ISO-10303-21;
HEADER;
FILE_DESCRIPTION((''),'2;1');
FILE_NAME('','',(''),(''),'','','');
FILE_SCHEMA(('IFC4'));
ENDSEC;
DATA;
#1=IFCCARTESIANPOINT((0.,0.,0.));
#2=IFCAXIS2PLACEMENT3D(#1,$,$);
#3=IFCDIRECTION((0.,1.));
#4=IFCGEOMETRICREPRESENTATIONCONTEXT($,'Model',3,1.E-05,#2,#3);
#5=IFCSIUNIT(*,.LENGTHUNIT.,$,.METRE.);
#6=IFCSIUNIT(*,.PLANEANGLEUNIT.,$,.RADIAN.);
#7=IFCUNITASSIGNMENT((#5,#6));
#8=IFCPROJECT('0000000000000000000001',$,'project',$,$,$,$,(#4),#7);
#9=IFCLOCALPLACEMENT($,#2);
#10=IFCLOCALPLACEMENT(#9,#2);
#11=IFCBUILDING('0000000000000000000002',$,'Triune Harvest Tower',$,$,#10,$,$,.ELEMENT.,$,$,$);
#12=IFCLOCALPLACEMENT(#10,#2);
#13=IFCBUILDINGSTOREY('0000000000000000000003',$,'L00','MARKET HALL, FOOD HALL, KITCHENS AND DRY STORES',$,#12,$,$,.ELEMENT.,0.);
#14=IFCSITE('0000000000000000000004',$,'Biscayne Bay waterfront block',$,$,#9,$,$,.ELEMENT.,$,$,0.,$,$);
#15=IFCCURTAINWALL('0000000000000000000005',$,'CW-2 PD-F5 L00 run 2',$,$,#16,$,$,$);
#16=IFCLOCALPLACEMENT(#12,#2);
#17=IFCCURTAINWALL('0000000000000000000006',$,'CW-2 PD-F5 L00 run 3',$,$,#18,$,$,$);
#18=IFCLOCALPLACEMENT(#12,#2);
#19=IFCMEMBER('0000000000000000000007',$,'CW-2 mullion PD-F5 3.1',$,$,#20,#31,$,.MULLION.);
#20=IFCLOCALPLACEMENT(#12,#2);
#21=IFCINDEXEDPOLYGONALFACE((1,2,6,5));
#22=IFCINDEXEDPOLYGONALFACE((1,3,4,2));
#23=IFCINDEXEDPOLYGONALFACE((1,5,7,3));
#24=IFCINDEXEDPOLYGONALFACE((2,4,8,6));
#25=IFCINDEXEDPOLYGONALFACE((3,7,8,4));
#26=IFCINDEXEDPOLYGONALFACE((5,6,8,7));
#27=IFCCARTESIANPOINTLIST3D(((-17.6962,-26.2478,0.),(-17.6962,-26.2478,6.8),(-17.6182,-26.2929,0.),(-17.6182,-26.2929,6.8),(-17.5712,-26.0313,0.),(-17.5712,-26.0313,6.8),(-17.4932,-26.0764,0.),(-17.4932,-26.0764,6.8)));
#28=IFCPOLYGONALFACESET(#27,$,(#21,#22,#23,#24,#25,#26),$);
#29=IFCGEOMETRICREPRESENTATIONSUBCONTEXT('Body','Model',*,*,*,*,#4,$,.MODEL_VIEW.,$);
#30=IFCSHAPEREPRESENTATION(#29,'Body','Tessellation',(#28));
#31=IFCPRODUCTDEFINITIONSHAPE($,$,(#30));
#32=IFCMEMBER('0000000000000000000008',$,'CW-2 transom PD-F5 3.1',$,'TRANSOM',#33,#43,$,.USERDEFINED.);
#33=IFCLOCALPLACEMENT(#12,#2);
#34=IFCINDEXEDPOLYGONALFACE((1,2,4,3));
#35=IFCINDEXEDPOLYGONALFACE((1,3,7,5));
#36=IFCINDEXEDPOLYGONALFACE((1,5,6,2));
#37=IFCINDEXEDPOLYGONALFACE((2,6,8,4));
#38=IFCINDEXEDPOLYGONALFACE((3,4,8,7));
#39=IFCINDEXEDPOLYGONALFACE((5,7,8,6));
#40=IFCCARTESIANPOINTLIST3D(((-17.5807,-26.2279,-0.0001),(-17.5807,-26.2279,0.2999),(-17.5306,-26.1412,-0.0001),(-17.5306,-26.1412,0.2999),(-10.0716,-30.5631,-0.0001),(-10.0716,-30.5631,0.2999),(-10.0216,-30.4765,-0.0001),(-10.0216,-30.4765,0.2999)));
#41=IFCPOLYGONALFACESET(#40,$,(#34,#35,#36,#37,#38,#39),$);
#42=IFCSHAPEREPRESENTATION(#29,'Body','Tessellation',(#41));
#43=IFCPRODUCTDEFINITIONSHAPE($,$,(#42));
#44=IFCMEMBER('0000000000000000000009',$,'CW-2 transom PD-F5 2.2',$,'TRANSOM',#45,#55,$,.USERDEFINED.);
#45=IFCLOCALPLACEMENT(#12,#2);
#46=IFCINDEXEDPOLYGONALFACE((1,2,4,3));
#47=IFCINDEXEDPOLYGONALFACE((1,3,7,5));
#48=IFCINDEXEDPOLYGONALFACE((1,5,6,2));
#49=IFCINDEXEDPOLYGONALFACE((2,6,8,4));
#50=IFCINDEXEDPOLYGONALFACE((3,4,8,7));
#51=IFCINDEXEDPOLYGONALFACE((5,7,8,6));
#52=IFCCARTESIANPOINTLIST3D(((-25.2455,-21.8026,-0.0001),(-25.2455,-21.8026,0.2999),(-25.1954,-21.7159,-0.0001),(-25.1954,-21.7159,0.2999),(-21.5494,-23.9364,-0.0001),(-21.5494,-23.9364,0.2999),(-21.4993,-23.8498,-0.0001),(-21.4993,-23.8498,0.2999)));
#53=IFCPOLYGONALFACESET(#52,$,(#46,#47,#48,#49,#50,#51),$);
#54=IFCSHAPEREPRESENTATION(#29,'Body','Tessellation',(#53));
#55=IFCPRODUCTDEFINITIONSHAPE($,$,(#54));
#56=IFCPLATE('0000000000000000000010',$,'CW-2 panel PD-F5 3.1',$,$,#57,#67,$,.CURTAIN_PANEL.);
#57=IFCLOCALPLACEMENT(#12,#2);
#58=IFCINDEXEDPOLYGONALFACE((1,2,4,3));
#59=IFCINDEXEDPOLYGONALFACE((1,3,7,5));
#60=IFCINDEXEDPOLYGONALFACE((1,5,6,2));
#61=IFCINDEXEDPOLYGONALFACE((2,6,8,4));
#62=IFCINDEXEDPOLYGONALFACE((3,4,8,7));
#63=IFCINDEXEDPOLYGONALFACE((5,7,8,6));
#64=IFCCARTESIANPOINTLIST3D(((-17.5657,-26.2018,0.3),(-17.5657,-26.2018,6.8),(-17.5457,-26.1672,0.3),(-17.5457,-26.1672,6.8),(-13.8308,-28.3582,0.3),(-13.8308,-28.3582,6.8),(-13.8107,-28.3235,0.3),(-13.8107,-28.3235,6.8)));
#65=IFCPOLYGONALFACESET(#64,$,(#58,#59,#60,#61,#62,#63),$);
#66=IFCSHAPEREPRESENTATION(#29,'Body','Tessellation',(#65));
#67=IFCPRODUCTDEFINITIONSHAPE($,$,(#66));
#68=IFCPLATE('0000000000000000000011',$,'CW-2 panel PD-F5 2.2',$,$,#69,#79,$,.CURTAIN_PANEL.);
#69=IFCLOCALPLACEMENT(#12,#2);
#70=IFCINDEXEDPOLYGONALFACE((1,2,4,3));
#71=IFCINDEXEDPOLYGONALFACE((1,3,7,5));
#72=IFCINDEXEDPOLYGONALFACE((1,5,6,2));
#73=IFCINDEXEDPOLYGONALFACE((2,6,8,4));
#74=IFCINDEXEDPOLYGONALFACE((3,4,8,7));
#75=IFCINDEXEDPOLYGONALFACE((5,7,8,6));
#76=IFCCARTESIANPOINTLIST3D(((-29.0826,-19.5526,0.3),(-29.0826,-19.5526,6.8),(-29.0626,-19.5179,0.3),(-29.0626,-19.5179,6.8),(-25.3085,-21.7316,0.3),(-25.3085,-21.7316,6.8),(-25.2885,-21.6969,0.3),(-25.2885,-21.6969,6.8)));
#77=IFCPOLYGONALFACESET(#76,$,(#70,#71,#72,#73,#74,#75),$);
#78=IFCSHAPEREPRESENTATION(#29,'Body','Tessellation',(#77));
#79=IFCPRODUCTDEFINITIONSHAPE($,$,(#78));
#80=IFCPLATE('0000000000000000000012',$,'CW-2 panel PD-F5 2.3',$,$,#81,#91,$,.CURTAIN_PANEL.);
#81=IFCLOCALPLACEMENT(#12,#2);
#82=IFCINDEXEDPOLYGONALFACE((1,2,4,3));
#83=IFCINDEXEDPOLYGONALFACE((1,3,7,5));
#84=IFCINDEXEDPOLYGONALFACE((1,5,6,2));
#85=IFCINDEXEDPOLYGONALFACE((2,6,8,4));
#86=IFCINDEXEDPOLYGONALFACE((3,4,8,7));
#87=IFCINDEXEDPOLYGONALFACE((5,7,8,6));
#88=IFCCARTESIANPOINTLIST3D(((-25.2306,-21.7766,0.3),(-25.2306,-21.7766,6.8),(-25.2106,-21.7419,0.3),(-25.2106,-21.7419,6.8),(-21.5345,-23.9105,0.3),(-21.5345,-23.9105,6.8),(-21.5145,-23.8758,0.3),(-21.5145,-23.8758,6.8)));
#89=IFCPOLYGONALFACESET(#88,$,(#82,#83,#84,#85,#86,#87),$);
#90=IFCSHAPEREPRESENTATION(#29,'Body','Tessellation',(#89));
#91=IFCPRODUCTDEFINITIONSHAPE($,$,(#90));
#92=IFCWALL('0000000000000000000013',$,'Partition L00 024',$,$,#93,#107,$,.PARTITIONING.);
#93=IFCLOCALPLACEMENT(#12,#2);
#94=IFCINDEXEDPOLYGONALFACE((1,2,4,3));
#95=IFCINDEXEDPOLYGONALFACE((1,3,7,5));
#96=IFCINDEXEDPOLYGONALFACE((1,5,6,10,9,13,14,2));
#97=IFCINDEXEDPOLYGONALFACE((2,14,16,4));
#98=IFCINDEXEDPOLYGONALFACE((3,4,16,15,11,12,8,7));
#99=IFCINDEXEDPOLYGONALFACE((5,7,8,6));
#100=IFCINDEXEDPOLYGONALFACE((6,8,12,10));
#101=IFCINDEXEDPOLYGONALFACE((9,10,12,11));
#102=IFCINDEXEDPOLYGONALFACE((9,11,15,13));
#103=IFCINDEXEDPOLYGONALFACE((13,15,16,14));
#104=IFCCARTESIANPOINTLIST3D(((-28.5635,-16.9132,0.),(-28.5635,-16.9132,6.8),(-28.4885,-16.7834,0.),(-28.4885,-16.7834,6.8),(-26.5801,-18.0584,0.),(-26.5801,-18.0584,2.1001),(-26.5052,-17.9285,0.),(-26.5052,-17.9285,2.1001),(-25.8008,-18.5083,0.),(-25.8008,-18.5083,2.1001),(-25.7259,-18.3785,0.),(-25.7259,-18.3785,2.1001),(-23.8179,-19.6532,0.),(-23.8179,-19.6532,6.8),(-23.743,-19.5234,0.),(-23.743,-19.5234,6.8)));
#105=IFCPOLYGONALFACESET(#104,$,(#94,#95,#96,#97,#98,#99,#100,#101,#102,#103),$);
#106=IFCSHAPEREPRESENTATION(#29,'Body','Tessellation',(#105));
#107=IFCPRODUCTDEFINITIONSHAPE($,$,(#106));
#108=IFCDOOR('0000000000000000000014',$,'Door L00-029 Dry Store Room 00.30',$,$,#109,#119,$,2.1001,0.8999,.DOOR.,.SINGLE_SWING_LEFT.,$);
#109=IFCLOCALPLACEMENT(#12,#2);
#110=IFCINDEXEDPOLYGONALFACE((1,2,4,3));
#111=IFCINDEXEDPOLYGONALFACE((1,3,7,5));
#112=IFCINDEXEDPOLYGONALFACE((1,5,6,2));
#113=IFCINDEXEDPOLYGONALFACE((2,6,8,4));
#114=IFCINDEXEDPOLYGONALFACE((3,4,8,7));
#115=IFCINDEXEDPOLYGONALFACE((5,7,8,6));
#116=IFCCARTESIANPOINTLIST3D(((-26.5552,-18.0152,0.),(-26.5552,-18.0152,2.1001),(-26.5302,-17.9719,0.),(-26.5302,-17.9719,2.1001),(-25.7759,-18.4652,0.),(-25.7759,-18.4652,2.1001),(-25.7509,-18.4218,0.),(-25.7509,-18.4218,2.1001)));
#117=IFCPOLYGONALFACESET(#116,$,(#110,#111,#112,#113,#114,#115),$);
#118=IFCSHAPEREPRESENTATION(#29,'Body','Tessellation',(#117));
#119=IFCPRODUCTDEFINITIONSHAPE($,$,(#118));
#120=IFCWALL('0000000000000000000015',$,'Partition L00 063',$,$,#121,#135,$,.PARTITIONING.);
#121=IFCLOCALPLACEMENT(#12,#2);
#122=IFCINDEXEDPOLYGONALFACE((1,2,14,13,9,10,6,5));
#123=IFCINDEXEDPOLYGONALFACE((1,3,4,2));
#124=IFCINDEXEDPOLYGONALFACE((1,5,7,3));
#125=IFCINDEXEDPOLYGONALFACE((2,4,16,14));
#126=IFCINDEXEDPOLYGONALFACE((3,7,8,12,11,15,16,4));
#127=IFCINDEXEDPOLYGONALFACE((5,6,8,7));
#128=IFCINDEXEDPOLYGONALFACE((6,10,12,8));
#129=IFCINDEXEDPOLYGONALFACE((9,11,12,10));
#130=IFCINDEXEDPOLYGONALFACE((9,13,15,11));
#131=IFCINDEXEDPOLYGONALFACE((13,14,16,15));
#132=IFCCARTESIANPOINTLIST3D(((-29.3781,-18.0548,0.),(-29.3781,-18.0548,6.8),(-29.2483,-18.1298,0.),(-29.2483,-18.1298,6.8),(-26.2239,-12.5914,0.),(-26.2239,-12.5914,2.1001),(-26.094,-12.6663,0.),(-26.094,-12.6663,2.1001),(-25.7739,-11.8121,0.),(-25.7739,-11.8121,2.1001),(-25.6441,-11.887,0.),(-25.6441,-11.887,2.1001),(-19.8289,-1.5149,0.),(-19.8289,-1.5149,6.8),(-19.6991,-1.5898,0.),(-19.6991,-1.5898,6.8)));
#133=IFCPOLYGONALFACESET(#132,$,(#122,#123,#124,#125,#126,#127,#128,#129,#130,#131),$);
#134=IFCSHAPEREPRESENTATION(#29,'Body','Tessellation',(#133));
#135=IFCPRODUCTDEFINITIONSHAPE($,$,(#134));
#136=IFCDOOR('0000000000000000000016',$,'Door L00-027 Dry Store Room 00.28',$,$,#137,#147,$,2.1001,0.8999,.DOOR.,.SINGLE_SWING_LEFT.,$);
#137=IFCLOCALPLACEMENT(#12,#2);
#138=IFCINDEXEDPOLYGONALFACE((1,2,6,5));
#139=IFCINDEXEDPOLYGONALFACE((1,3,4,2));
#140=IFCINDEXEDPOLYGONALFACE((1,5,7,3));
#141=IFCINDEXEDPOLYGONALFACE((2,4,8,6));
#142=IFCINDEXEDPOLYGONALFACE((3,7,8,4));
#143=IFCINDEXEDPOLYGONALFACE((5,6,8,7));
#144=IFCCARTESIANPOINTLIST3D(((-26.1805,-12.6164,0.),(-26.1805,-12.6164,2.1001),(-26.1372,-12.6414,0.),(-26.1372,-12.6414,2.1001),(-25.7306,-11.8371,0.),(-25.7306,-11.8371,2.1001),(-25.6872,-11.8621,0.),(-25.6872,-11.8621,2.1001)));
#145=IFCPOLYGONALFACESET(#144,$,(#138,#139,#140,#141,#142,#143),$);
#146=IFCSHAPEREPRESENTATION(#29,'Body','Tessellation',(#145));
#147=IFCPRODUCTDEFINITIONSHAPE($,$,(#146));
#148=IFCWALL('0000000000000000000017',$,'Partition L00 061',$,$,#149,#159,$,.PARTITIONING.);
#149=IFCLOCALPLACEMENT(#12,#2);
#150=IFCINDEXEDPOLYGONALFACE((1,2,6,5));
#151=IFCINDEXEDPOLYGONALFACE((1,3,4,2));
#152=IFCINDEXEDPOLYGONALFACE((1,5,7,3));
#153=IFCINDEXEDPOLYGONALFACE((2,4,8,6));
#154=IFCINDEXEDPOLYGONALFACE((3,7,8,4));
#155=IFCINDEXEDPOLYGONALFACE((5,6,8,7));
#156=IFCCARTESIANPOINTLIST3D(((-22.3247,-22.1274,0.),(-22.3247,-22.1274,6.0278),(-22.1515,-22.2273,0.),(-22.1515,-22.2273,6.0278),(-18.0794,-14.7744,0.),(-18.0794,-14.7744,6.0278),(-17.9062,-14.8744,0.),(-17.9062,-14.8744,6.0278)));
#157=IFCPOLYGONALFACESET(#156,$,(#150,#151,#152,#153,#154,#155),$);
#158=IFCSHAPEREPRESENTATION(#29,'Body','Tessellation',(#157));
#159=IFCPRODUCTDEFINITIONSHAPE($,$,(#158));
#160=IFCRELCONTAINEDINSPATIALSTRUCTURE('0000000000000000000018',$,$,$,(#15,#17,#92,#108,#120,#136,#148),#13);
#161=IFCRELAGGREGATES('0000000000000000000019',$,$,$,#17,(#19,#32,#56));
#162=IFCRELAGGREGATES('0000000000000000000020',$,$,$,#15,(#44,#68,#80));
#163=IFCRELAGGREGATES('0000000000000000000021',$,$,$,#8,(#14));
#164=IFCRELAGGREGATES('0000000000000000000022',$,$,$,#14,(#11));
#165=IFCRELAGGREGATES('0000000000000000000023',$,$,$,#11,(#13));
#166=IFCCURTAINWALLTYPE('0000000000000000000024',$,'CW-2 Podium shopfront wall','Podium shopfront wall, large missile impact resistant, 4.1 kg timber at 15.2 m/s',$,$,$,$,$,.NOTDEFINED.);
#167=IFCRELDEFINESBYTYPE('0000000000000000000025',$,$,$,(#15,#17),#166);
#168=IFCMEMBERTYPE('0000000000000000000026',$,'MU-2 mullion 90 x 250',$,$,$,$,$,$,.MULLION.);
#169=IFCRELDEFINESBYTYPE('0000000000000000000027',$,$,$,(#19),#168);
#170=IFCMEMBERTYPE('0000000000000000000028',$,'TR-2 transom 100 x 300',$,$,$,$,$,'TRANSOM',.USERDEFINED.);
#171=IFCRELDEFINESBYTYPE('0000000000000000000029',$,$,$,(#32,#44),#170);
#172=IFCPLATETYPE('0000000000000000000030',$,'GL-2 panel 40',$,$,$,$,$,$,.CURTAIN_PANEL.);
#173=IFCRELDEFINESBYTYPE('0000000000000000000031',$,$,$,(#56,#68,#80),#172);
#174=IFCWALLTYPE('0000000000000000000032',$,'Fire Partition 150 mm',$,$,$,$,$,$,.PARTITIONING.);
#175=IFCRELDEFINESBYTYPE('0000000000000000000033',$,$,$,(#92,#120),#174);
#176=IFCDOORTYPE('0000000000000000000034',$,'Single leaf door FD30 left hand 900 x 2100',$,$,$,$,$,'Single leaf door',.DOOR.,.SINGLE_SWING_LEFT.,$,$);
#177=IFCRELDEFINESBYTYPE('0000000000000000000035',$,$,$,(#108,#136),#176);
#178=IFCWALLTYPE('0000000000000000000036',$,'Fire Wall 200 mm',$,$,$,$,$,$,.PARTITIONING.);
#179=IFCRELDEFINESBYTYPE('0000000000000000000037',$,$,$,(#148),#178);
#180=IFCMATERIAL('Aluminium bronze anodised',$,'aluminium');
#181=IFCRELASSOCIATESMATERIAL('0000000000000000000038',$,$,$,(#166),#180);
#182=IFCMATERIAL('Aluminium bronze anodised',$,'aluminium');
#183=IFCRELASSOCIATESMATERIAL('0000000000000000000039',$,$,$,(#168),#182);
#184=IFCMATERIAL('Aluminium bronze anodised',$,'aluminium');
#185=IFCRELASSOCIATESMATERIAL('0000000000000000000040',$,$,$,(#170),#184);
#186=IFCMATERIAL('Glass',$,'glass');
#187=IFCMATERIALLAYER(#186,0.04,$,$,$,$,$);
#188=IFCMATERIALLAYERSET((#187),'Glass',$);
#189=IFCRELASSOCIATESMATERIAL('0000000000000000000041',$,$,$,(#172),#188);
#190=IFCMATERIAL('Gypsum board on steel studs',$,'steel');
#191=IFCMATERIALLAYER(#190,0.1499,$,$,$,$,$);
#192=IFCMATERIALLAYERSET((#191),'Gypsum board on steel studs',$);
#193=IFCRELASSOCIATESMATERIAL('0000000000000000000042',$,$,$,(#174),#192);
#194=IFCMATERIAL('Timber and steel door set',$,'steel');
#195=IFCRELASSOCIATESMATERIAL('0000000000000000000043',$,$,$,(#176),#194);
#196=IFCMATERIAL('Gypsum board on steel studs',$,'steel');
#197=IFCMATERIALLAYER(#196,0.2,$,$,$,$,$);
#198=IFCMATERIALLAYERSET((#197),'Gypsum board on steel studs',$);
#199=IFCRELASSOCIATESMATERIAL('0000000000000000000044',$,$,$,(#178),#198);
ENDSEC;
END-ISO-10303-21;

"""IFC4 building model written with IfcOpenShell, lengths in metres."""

from ifc_helpers import new_model, si_unit, direction, frame, frame_2d, origin, origin_2d, place, context, subcontext, project, spatial, rectangle, extrude, source, transform, mapped, material, layer, layer_set, material_profile, profile_set, type_object, element, fill, aggregate, save


model = new_model("IFC4")

# Units and contexts
model_context = context("Model", 3, precision=1e-05, world=origin(), true_north=direction((0.0, 1.0)))
body_context = subcontext(model_context, "Body", "Model", "MODEL_VIEW")
ifc_project = project(units=[si_unit("LENGTHUNIT", "METRE"), si_unit("PLANEANGLEUNIT", "RADIAN")], contexts=[model_context])

# Site, building, storey
site_placement = place(None, origin())
site = spatial("IfcSite", under=ifc_project, at=site_placement, Name="Biscayne Bay waterfront block", CompositionType="ELEMENT", RefElevation=0.0)
building_placement = place(site_placement, origin())
building = spatial("IfcBuilding", under=site, at=building_placement, Name="Triune Harvest Tower", CompositionType="ELEMENT")
storey_placement = place(building_placement, origin())
storey = spatial("IfcBuildingStorey", under=building, at=storey_placement, Name="L00", Description="MARKET HALL, FOOD HALL, KITCHENS AND DRY STORES", CompositionType="ELEMENT", Elevation=0.0)

# Curtain walls, members
ifc_material_1 = material(Name="Aluminium bronze anodised", Category="aluminium")
curtain_wall_type = type_object("IfcCurtainWallType", Name="CW-2 Podium shopfront wall", Description="Podium shopfront wall, large missile impact resistant, 4.1 kg timber at 15.2 m/s", PredefinedType="NOTDEFINED", material=ifc_material_1)
curtain_wall_1_placement = place(storey_placement, origin())
curtain_wall_1 = element("IfcCurtainWall", 1, at=curtain_wall_1_placement, inside=storey, type_object=curtain_wall_type, Name="CW-2 PD-F5 L00 run 2")
ifc_material_2 = material(Name="Aluminium bronze anodised", Category="aluminium")
ifc_material_profile_1 = material_profile(ifc_material_2, rectangle(XDim=0.25, YDim=0.0901, at=origin_2d()), Name="MU-2 mullion 90 x 250")
ifc_profile_set_1 = profile_set([ifc_material_profile_1], Name="Aluminium bronze anodised")
member_type_1 = type_object("IfcMemberType", Name="MU-2 mullion 90 x 250", PredefinedType="MULLION", material=ifc_profile_set_1)
shared_shape_1 = source(origin(), body_context, "Body", "SweptSolid", [
    extrude(rectangle(XDim=0.25, YDim=0.0901, at=origin_2d()), origin(), (0.0, 0.0, 1.0), 6.8),
])
curtain_wall_2_placement = place(storey_placement, origin())
curtain_wall_2 = element("IfcCurtainWall", 2, at=curtain_wall_2_placement, inside=storey, type_object=curtain_wall_type, Name="CW-2 PD-F5 L00 run 3")
member_1_placement = place(storey_placement, frame((-17.5947, -26.1621, 0.0), z_axis=(0.0, 0.0, 1.0), x_axis=(0.5, 0.866025, 0.0)))
member_1 = element("IfcMember", 3, at=member_1_placement, type_object=member_type_1, Name="CW-2 mullion PD-F5 3.1", PredefinedType="MULLION", context=body_context, shape_type="MappedRepresentation", body=[
    mapped(shared_shape_1, transform((0.0, 0.0, 0.0), scale=1.0)),
])
ifc_material_3 = material(Name="Aluminium bronze anodised", Category="aluminium")
ifc_material_profile_2 = material_profile(ifc_material_3, rectangle(XDim=0.1001, YDim=0.3, at=origin_2d()), Name="TR-2 transom 100 x 300")
ifc_profile_set_2 = profile_set([ifc_material_profile_2], Name="Aluminium bronze anodised")
member_type_2 = type_object("IfcMemberType", Name="TR-2 transom 100 x 300", ElementType="TRANSOM", PredefinedType="USERDEFINED", material=ifc_profile_set_2)
shared_shape_2 = source(origin(), body_context, "Body", "SweptSolid", [
    extrude(rectangle(XDim=0.1001, YDim=0.3, at=origin_2d()), origin(), (0.0, 0.0, 1.0), 8.6707),
])
member_2_placement = place(storey_placement, frame((-17.5557, -26.1846, 0.1499), z_axis=(0.866032, -0.499988, 0.0), x_axis=(0.499988, 0.866032, 0.0)))
member_2 = element("IfcMember", 4, at=member_2_placement, type_object=member_type_2, Name="CW-2 transom PD-F5 3.1", ObjectType="TRANSOM", PredefinedType="USERDEFINED", context=body_context, shape_type="MappedRepresentation", body=[
    mapped(shared_shape_2, transform((0.0, 0.0, 0.0), scale=1.0)),
])

# Member
shared_shape_3 = source(origin(), body_context, "Body", "SweptSolid", [
    extrude(rectangle(XDim=0.1001, YDim=0.3, at=origin_2d()), origin(), (0.0, 0.0, 1.0), 4.2678),
])
member_3_placement = place(storey_placement, frame((-25.2205, -21.7593, 0.1499), z_axis=(0.866038, -0.499978, 0.0), x_axis=(0.499978, 0.866038, 0.0)))
member_3 = element("IfcMember", 5, at=member_3_placement, type_object=member_type_2, Name="CW-2 transom PD-F5 2.2", ObjectType="TRANSOM", PredefinedType="USERDEFINED", context=body_context, shape_type="MappedRepresentation", body=[
    mapped(shared_shape_3, transform((0.0, 0.0, 0.0), scale=1.0)),
])

# Plates
ifc_material_4 = material(Name="Glass", Category="glass")
ifc_layer_1 = layer(ifc_material_4, 0.04)
ifc_layer_set_1 = layer_set([ifc_layer_1], Name="Glass")
plate_type = type_object("IfcPlateType", Name="GL-2 panel 40", PredefinedType="CURTAIN_PANEL", material=ifc_layer_set_1)
shared_shape_4 = source(origin(), body_context, "Body", "SweptSolid", [
    extrude(rectangle(XDim=4.3127, YDim=0.04, at=origin_2d()), origin(), (0.0, 0.0, 1.0), 6.5),
])
plate_1_placement = place(storey_placement, frame((-15.6882, -27.2627, 0.3), z_axis=(0.0, 0.0, 1.0), x_axis=(0.866025, -0.5, 0.0)))
plate_1 = element("IfcPlate", 6, at=plate_1_placement, type_object=plate_type, Name="CW-2 panel PD-F5 3.1", PredefinedType="CURTAIN_PANEL", context=body_context, shape_type="MappedRepresentation", body=[
    mapped(shared_shape_4, transform((0.0, 0.0, 0.0), scale=1.0)),
])
aggregate(curtain_wall_2, [member_1, member_2, plate_1])
shared_shape_5 = source(origin(), body_context, "Body", "SweptSolid", [
    extrude(rectangle(XDim=4.3579, YDim=0.04, at=origin_2d()), origin(), (0.0, 0.0, 1.0), 6.5),
])
plate_2_placement = place(storey_placement, frame((-27.1855, -20.6248, 0.3), z_axis=(0.0, 0.0, 1.0), x_axis=(0.866025, -0.5, 0.0)))
plate_2 = element("IfcPlate", 7, at=plate_2_placement, type_object=plate_type, Name="CW-2 panel PD-F5 2.2", PredefinedType="CURTAIN_PANEL", context=body_context, shape_type="MappedRepresentation", body=[
    mapped(shared_shape_5, transform((0.0, 0.0, 0.0), scale=1.0)),
])
shared_shape_6 = source(origin(), body_context, "Body", "SweptSolid", [
    extrude(rectangle(XDim=4.2678, YDim=0.04, at=origin_2d()), origin(), (0.0, 0.0, 1.0), 6.5),
])
plate_3_placement = place(storey_placement, frame((-23.3726, -22.8262, 0.3), z_axis=(0.0, 0.0, 1.0), x_axis=(0.866025, -0.5, 0.0)))
plate_3 = element("IfcPlate", 8, at=plate_3_placement, type_object=plate_type, Name="CW-2 panel PD-F5 2.3", PredefinedType="CURTAIN_PANEL", context=body_context, shape_type="MappedRepresentation", body=[
    mapped(shared_shape_6, transform((0.0, 0.0, 0.0), scale=1.0)),
])
aggregate(curtain_wall_1, [member_3, plate_2, plate_3])

# Walls, openings, doors
ifc_material_5 = material(Name="Gypsum board on steel studs", Category="steel")
ifc_layer_2 = layer(ifc_material_5, 0.1499)
ifc_layer_set_2 = layer_set([ifc_layer_2], Name="Gypsum board on steel studs")
wall_type_1 = type_object("IfcWallType", Name="Fire Partition 150 mm", PredefinedType="PARTITIONING", material=ifc_layer_set_2)
wall_1_placement = place(storey_placement, frame((-28.5259, -16.8484, 0.0), z_axis=(0.0, 0.0, 1.0), x_axis=(0.866016, -0.500016, 0.0)))
wall_1 = element("IfcWall", 9, at=wall_1_placement, inside=storey, type_object=wall_type_1, Name="Partition L00 024", PredefinedType="PARTITIONING", context=body_context, shape_type="SweptSolid", body=[
    extrude(rectangle(XDim=5.4797, YDim=0.1499, at=frame_2d((2.7397, 0.0))), origin(), (0.0, 0.0, 1.0), 6.8),
])
opening_1_placement = place(wall_1_placement, frame((2.29, 0.0, 0.0)))
opening_1 = element("IfcOpeningElement", 10, at=opening_1_placement, cuts=wall_1, PredefinedType="OPENING", context=body_context, shape_type="SweptSolid", body=[
    extrude(rectangle(XDim=0.8999, YDim=2.1001, at=frame_2d((0.45, 1.05))), frame((0.0, 0.085, 0.0), z_axis=(0.0, -1.0, 0.0), x_axis=(1.0, 0.0, 0.0)), (0.0, 0.0, 1.0), 0.1699),
])
ifc_material_6 = material(Name="Timber and steel door set", Category="steel")
door_type_1 = type_object("IfcDoorType", Name="Single leaf door FD30 left hand 900 x 2100", ElementType="Single leaf door", OperationType="SINGLE_SWING_LEFT", PredefinedType="DOOR", material=ifc_material_6)
door_1_placement = place(opening_1_placement, origin())
door_1 = element("IfcDoor", 11, at=door_1_placement, inside=storey, type_object=door_type_1, Name="Door L00-029 Dry Store Room 00.30", OperationType="SINGLE_SWING_LEFT", OverallHeight=2.1001, OverallWidth=0.8999, PredefinedType="DOOR", context=body_context, shape_type="SweptSolid", body=[
    extrude(rectangle(XDim=0.8999, YDim=2.1001, at=frame_2d((0.45, 1.05))), frame((0.0, 0.0249, 0.0), z_axis=(0.0, -1.0, 0.0), x_axis=(1.0, 0.0, 0.0)), (0.0, 0.0, 1.0), 0.05),
])
fill(opening_1, door_1)
wall_2_placement = place(storey_placement, frame((-29.3132, -18.0923, 0.0), z_axis=(0.0, 0.0, 1.0), x_axis=(0.499997, 0.866027, 0.0)))
wall_2 = element("IfcWall", 12, at=wall_2_placement, inside=storey, type_object=wall_type_1, Name="Partition L00 063", PredefinedType="PARTITIONING", context=body_context, shape_type="SweptSolid", body=[
    extrude(rectangle(XDim=19.0986, YDim=0.1499, at=frame_2d((9.5493, 0.0))), origin(), (0.0, 0.0, 1.0), 6.8),
])
opening_2_placement = place(wall_2_placement, frame((6.3086, 0.0, 0.0)))
opening_2 = element("IfcOpeningElement", 13, at=opening_2_placement, cuts=wall_2, PredefinedType="OPENING", context=body_context, shape_type="SweptSolid", body=[
    extrude(rectangle(XDim=0.8999, YDim=2.1001, at=frame_2d((0.45, 1.05))), frame((0.0, 0.085, 0.0), z_axis=(0.0, -1.0, 0.0), x_axis=(1.0, 0.0, 0.0)), (0.0, 0.0, 1.0), 0.1699),
])
door_2_placement = place(opening_2_placement, origin())
door_2 = element("IfcDoor", 14, at=door_2_placement, inside=storey, type_object=door_type_1, Name="Door L00-027 Dry Store Room 00.28", OperationType="SINGLE_SWING_LEFT", OverallHeight=2.1001, OverallWidth=0.8999, PredefinedType="DOOR", context=body_context, shape_type="SweptSolid", body=[
    extrude(rectangle(XDim=0.8999, YDim=2.1001, at=frame_2d((0.45, 1.05))), frame((0.0, 0.0249, 0.0), z_axis=(0.0, -1.0, 0.0), x_axis=(1.0, 0.0, 0.0)), (0.0, 0.0, 1.0), 0.05),
])
fill(opening_2, door_2)

# Wall
ifc_material_7 = material(Name="Gypsum board on steel studs", Category="steel")
ifc_layer_3 = layer(ifc_material_7, 0.2)
ifc_layer_set_3 = layer_set([ifc_layer_3], Name="Gypsum board on steel studs")
wall_type_2 = type_object("IfcWallType", Name="Fire Wall 200 mm", PredefinedType="PARTITIONING", material=ifc_layer_set_3)
wall_3_placement = place(storey_placement, frame((-22.238, -22.1772, 0.0), z_axis=(0.0, 0.0, 1.0), x_axis=(0.500008, 0.866021, 0.0)))
element("IfcWall", 15, at=wall_3_placement, inside=storey, type_object=wall_type_2, Name="Partition L00 061", PredefinedType="PARTITIONING", context=body_context, shape_type="SweptSolid", body=[
    extrude(rectangle(XDim=8.4905, YDim=0.2, at=frame_2d((4.2451, 0.0))), origin(), (0.0, 0.0, 1.0), 6.0278),
])

save(model, "model.ifc")
